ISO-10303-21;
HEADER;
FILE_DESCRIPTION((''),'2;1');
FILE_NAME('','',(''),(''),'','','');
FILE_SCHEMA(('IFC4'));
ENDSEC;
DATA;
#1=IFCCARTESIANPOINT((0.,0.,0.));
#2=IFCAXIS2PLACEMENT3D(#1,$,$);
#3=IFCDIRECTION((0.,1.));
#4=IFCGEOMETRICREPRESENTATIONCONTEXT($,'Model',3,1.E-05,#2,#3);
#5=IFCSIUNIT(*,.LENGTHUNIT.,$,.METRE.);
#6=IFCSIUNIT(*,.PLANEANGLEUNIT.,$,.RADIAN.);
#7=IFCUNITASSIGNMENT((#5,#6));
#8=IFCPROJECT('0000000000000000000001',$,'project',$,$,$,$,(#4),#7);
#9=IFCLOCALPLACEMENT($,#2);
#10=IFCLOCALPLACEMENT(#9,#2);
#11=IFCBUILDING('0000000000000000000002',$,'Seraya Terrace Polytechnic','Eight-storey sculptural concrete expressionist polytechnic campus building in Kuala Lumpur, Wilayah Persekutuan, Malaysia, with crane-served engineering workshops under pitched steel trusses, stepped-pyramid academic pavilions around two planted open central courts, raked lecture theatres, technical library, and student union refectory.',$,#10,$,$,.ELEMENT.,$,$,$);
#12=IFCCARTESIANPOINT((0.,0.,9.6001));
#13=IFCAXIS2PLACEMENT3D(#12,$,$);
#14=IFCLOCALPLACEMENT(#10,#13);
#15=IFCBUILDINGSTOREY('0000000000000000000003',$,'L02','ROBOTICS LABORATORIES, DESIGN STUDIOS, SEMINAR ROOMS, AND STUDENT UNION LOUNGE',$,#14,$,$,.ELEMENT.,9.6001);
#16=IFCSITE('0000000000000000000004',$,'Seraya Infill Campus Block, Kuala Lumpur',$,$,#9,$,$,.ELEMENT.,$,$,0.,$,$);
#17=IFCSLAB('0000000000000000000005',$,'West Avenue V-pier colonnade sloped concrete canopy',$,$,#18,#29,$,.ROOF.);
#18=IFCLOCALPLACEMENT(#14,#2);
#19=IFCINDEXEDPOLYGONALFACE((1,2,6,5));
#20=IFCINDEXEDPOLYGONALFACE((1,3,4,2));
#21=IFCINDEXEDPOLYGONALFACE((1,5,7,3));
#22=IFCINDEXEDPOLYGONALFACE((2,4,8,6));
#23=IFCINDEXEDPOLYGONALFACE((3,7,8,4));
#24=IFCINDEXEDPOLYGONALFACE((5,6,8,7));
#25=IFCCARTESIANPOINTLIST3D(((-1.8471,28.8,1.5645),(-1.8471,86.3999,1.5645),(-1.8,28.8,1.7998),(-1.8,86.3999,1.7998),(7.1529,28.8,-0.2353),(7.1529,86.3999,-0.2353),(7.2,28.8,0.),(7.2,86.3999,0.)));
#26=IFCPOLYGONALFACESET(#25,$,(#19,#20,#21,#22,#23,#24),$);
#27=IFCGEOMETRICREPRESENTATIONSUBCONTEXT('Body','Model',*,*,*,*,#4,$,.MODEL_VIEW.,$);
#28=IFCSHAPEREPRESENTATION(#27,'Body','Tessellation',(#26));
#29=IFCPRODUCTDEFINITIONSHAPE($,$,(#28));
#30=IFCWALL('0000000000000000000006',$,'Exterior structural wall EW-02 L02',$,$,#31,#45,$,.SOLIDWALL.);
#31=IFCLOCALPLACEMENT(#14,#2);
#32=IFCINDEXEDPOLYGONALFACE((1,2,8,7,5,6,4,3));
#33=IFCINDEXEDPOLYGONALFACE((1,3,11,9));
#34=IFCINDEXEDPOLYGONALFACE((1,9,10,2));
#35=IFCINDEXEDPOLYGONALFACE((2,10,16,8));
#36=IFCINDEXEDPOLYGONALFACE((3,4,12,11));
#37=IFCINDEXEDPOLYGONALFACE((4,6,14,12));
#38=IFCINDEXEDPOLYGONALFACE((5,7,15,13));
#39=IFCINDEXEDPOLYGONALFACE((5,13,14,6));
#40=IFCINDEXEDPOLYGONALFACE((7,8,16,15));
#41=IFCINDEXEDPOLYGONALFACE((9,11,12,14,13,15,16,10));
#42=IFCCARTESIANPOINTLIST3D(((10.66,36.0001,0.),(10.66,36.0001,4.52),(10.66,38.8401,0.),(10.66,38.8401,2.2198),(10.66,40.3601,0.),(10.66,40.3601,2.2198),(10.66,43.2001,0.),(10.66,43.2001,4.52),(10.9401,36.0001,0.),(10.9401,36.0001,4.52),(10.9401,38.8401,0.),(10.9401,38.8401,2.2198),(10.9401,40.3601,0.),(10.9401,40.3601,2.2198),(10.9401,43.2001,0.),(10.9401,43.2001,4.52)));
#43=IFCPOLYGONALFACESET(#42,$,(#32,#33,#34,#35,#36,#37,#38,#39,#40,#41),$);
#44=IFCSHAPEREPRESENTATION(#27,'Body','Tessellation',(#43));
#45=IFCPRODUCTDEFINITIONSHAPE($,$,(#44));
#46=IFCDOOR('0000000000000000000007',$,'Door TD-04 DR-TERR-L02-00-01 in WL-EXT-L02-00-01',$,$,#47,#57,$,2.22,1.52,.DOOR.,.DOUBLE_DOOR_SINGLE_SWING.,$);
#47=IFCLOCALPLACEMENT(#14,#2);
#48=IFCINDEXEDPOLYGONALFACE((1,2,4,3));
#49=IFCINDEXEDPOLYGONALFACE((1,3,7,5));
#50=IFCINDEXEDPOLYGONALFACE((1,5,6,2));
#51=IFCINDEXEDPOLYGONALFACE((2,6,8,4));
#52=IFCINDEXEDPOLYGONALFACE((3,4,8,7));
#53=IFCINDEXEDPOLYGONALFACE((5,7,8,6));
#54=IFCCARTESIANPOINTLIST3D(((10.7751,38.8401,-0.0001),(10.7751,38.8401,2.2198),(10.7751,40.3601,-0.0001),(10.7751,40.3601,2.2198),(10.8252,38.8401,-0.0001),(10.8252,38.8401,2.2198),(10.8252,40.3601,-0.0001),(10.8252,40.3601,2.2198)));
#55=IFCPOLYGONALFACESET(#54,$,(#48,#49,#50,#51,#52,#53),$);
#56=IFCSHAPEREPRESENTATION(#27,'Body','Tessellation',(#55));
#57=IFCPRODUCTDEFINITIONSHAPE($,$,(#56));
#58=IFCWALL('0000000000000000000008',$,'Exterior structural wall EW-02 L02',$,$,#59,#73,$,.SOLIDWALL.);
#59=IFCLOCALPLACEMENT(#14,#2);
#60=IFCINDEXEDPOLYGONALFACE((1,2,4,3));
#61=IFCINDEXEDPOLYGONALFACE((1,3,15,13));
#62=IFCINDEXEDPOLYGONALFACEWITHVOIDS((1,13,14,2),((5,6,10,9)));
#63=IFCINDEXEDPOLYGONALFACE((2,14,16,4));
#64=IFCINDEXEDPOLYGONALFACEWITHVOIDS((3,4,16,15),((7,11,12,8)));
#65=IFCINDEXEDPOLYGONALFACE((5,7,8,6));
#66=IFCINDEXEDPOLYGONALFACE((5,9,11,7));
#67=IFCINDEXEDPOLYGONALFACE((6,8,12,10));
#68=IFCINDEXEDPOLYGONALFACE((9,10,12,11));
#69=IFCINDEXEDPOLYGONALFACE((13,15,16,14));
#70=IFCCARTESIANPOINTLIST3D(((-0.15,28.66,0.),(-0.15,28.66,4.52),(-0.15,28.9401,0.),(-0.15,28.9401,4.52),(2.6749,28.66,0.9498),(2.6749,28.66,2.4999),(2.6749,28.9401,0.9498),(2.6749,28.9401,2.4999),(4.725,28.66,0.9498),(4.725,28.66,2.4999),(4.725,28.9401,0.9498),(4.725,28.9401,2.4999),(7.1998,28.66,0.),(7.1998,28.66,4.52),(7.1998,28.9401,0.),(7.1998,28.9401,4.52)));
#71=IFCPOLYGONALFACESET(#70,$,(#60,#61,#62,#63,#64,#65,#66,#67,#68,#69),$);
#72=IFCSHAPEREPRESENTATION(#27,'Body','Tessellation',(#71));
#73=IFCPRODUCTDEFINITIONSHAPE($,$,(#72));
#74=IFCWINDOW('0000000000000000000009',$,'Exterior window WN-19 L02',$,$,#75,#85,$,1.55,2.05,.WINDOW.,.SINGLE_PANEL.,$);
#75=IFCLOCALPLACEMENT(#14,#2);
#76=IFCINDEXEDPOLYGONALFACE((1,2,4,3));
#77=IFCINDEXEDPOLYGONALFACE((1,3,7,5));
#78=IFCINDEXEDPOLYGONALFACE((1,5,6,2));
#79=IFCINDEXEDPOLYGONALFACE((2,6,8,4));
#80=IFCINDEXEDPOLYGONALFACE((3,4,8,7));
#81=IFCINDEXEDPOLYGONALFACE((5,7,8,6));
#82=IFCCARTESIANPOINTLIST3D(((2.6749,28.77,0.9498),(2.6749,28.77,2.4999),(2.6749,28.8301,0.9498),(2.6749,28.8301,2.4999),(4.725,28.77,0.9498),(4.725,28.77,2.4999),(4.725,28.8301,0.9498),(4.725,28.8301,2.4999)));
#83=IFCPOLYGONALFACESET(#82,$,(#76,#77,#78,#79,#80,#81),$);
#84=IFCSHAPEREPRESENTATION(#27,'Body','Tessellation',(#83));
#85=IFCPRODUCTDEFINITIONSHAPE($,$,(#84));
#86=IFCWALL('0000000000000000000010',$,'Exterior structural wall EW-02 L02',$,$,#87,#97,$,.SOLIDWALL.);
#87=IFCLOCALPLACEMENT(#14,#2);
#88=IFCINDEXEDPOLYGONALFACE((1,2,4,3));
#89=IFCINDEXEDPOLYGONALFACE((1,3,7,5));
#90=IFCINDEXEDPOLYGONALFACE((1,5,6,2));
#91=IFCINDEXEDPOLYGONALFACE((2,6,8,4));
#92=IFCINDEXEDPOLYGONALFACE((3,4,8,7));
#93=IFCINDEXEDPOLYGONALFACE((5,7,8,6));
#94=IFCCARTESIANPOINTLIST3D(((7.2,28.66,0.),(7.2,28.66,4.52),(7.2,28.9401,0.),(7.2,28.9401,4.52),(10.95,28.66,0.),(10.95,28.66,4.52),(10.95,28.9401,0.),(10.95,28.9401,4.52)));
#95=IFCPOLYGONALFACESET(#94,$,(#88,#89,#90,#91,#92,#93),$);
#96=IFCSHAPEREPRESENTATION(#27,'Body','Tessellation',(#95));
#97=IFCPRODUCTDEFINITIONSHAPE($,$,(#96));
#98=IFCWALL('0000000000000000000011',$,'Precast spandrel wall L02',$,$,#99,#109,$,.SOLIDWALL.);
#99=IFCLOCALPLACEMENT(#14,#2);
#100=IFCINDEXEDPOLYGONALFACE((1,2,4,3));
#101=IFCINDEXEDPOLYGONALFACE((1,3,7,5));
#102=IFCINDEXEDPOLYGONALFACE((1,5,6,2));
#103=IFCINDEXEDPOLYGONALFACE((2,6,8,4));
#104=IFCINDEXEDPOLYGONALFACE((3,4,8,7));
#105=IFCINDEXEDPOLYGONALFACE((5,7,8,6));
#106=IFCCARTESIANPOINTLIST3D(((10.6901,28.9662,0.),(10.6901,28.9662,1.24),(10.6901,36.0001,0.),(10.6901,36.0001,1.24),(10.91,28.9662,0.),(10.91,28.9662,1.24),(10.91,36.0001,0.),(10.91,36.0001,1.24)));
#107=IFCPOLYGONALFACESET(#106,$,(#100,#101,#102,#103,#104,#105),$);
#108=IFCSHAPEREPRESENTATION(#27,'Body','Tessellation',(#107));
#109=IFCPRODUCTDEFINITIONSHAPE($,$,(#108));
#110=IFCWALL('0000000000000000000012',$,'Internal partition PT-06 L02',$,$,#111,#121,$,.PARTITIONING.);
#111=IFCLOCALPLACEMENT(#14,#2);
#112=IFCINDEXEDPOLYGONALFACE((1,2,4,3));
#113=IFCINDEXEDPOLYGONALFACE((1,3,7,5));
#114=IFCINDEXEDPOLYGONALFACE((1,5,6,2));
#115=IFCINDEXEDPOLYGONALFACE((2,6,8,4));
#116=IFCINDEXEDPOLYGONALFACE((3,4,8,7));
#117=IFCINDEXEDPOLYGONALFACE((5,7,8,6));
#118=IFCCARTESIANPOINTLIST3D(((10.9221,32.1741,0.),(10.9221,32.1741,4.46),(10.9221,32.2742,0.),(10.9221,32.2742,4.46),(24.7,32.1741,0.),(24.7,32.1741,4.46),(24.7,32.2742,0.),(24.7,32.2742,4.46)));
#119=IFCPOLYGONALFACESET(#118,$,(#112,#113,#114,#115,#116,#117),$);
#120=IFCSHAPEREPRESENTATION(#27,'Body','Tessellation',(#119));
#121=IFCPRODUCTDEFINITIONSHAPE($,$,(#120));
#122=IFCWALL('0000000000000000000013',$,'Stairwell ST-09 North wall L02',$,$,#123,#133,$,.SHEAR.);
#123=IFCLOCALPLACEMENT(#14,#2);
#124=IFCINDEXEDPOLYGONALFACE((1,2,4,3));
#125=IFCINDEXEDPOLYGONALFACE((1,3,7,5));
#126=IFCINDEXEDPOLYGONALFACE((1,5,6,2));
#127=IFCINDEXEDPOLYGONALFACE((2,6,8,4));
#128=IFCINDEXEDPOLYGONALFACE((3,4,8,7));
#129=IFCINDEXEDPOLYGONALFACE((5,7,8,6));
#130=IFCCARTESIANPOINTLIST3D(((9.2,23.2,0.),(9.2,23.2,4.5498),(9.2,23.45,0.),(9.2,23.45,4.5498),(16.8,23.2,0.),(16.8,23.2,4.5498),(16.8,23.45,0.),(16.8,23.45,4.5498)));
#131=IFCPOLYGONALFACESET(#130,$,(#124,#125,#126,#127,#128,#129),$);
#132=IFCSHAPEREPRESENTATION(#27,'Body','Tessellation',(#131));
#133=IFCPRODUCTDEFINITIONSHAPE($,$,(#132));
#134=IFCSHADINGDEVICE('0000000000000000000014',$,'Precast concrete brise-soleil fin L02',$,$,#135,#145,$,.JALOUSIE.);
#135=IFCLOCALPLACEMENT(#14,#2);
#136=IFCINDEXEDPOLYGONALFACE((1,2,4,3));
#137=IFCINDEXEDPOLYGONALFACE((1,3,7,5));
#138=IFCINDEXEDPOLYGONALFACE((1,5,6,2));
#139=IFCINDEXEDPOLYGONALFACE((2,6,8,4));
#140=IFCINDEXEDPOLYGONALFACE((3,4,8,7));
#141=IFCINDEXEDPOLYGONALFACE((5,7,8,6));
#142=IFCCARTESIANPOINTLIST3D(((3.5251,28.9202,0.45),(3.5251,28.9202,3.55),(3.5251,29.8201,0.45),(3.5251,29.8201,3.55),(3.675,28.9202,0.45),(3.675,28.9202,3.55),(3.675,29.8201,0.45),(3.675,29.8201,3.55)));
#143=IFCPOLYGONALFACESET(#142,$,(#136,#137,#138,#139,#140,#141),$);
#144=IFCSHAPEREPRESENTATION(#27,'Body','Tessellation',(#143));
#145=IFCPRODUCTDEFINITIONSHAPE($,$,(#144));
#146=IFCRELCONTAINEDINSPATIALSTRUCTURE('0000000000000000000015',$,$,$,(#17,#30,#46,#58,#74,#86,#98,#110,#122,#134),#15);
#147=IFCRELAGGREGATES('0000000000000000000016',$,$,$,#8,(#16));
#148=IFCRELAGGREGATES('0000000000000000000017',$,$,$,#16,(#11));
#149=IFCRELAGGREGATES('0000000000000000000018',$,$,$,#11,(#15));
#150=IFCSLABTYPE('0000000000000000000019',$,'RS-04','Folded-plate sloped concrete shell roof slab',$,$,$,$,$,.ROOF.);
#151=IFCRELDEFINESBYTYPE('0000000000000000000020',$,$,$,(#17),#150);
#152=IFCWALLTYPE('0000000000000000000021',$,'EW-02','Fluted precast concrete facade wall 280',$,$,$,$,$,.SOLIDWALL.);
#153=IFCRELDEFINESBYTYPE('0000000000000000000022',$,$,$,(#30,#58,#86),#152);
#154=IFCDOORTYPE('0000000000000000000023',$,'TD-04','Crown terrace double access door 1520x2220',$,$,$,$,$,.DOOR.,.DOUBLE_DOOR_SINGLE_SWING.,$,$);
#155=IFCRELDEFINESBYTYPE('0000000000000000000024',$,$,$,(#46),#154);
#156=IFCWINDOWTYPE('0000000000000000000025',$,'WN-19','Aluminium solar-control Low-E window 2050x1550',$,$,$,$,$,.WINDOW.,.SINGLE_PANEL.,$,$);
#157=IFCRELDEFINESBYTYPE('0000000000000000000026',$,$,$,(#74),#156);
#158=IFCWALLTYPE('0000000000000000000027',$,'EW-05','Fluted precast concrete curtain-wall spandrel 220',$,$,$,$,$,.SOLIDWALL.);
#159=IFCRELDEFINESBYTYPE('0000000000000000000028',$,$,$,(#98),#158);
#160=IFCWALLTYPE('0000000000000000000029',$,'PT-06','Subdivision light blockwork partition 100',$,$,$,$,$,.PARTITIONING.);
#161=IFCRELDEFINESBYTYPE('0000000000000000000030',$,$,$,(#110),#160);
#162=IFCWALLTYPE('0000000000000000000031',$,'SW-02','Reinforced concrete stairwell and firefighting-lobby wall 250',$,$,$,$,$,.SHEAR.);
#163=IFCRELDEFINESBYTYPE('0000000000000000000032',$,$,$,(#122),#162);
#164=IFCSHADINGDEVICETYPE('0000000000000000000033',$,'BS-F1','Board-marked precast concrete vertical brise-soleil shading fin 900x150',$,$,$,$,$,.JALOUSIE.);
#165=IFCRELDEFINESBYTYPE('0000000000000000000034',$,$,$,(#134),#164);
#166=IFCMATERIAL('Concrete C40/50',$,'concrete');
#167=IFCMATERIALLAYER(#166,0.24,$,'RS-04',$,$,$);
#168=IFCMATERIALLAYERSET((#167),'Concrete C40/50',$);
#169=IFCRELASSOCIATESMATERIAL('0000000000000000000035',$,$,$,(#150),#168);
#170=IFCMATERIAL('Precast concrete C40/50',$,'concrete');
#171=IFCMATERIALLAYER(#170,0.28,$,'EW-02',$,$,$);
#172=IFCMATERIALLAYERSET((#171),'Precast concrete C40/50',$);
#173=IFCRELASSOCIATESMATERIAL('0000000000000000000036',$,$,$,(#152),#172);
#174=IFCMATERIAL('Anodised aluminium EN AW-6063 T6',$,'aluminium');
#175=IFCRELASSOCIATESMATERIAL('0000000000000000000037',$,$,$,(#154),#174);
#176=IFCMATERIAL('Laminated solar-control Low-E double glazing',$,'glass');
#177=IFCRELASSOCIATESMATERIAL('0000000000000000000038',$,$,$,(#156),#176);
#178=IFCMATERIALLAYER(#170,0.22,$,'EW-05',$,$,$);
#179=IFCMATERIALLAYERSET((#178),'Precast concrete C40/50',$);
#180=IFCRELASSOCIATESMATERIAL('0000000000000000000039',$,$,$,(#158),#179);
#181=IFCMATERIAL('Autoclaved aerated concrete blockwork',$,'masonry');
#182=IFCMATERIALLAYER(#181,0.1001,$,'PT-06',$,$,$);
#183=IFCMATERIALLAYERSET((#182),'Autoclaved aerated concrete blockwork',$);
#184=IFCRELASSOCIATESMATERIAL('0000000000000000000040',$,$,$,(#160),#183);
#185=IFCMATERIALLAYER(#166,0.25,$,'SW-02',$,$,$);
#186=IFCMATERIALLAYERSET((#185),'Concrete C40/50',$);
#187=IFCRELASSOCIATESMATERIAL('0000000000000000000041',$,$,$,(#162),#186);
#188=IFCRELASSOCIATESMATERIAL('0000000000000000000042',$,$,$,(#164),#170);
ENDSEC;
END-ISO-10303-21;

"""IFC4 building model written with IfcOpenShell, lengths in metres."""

from ifc_helpers import new_model, si_unit, direction, frame, frame_2d, origin, origin_2d, place, context, subcontext, project, spatial, polyline, rectangle, outline, extrude, material, layer, layer_set, type_object, element, fill, save


model = new_model("IFC4")

# Units and contexts
model_context = context("Model", 3, precision=1e-05, world=origin(), true_north=direction((0.0, 1.0)))
body_context = subcontext(model_context, "Body", "Model", "MODEL_VIEW")
ifc_project = project(units=[si_unit("LENGTHUNIT", "METRE"), si_unit("PLANEANGLEUNIT", "RADIAN")], contexts=[model_context])

# Site, building, storey
site_placement = place(None, origin())
site = spatial("IfcSite", under=ifc_project, at=site_placement, Name="Seraya Infill Campus Block, Kuala Lumpur", CompositionType="ELEMENT", RefElevation=0.0)
building_placement = place(site_placement, origin())
building = spatial("IfcBuilding", under=site, at=building_placement, Name="Seraya Terrace Polytechnic", Description="Eight-storey sculptural concrete expressionist polytechnic campus building in Kuala Lumpur, Wilayah Persekutuan, Malaysia, with crane-served engineering workshops under pitched steel trusses, stepped-pyramid academic pavilions around two planted open central courts, raked lecture theatres, technical library, and student union refectory.", CompositionType="ELEMENT")
storey_placement = place(building_placement, frame((0.0, 0.0, 9.6001)))
storey = spatial("IfcBuildingStorey", under=building, at=storey_placement, Name="L02", Description="ROBOTICS LABORATORIES, DESIGN STUDIOS, SEMINAR ROOMS, AND STUDENT UNION LOUNGE", CompositionType="ELEMENT", Elevation=9.6001)

# Shared definitions
ifc_material_1 = material(Name="Concrete C40/50", Category="concrete")

# Shared definitions
ifc_material_2 = material(Name="Anodised aluminium EN AW-6063 T6", Category="aluminium")

# Shared definitions
ifc_material_3 = material(Name="Laminated solar-control Low-E double glazing", Category="glass")

# Slab
ifc_layer_1 = layer(ifc_material_1, 0.24, Name="RS-04")
ifc_layer_set_1 = layer_set([ifc_layer_1], Name="Concrete C40/50")
slab_type = type_object("IfcSlabType", Name="RS-04", Description="Folded-plate sloped concrete shell roof slab", PredefinedType="ROOF", material=ifc_layer_set_1)
slab_placement = place(storey_placement, frame((-1.8, 28.8, 1.7998), z_axis=(0.196096, 0.0, 0.980585), x_axis=(0.980585, 0.0, -0.196096)))
element("IfcSlab", 1, at=slab_placement, inside=storey, type_object=slab_type, Name="West Avenue V-pier colonnade sloped concrete canopy", PredefinedType="ROOF", context=body_context, shape_type="SweptSolid", body=[
    extrude(outline(polyline([(0.0, 0.0), (9.1782, 0.0), (9.1782, 57.5999), (0.0, 57.5999), (0.0, 0.0)])), origin(), (0.0, 0.0, -1.0), 0.24),
])

# Wall, opening, door
ifc_material_4 = material(Name="Precast concrete C40/50", Category="concrete")
ifc_layer_2 = layer(ifc_material_4, 0.28, Name="EW-02")
ifc_layer_set_2 = layer_set([ifc_layer_2], Name="Precast concrete C40/50")
wall_type_1 = type_object("IfcWallType", Name="EW-02", Description="Fluted precast concrete facade wall 280", PredefinedType="SOLIDWALL", material=ifc_layer_set_2)
wall_1_placement = place(storey_placement, frame((10.8, 36.0, 0.0), z_axis=(0.0, 0.0, 1.0), x_axis=(0.0, 1.0, 0.0)))
wall_1 = element("IfcWall", 2, at=wall_1_placement, inside=storey, type_object=wall_type_1, Name="Exterior structural wall EW-02 L02", PredefinedType="SOLIDWALL", context=body_context, shape_type="SweptSolid", body=[
    extrude(rectangle(XDim=7.2, YDim=0.28, at=frame_2d((3.6001, 0.0))), origin(), (0.0, 0.0, 1.0), 4.52),
])
opening_1_placement = place(wall_1_placement, frame((2.8401, 0.0, 0.0)))
opening_1 = element("IfcOpeningElement", 3, at=opening_1_placement, cuts=wall_1, PredefinedType="OPENING", context=body_context, shape_type="SweptSolid", body=[
    extrude(rectangle(XDim=1.52, YDim=2.22, at=frame_2d((0.76, 1.1099))), frame((0.0, 0.1519, 0.0), z_axis=(0.0, -1.0, 0.0), x_axis=(1.0, 0.0, 0.0)), (0.0, 0.0, 1.0), 0.304),
])
door_type = type_object("IfcDoorType", Name="TD-04", Description="Crown terrace double access door 1520x2220", OperationType="DOUBLE_DOOR_SINGLE_SWING", PredefinedType="DOOR", material=ifc_material_2)
door_placement = place(opening_1_placement, origin())
door = element("IfcDoor", 4, at=door_placement, inside=storey, type_object=door_type, Name="Door TD-04 DR-TERR-L02-00-01 in WL-EXT-L02-00-01", OperationType="DOUBLE_DOOR_SINGLE_SWING", OverallHeight=2.22, OverallWidth=1.52, PredefinedType="DOOR", context=body_context, shape_type="SweptSolid", body=[
    extrude(rectangle(XDim=1.52, YDim=2.22, at=frame_2d((0.76, 1.1099))), frame((0.0, 0.0249, 0.0), z_axis=(0.0, -1.0, 0.0), x_axis=(1.0, 0.0, 0.0)), (0.0, 0.0, 1.0), 0.05),
])
fill(opening_1, door)

# Wall, opening, window
wall_2_placement = place(storey_placement, frame((-0.1499, 28.8, 0.0), z_axis=(0.0, 0.0, 1.0), x_axis=(1.0, 0.0, 0.0)))
wall_2 = element("IfcWall", 5, at=wall_2_placement, inside=storey, type_object=wall_type_1, Name="Exterior structural wall EW-02 L02", PredefinedType="SOLIDWALL", context=body_context, shape_type="SweptSolid", body=[
    extrude(rectangle(XDim=7.3499, YDim=0.28, at=frame_2d((3.6748, 0.0))), origin(), (0.0, 0.0, 1.0), 4.52),
])
opening_2_placement = place(wall_2_placement, frame((2.825, 0.0, 0.95)))
opening_2 = element("IfcOpeningElement", 6, at=opening_2_placement, cuts=wall_2, PredefinedType="OPENING", context=body_context, shape_type="SweptSolid", body=[
    extrude(rectangle(XDim=2.05, YDim=1.55, at=frame_2d((1.0249, 0.7749))), frame((0.0, 0.1519, 0.0), z_axis=(0.0, -1.0, 0.0), x_axis=(1.0, 0.0, 0.0)), (0.0, 0.0, 1.0), 0.304),
])
window_type = type_object("IfcWindowType", Name="WN-19", Description="Aluminium solar-control Low-E window 2050x1550", PartitioningType="SINGLE_PANEL", PredefinedType="WINDOW", material=ifc_material_3)
window_placement = place(opening_2_placement, origin())
window = element("IfcWindow", 7, at=window_placement, inside=storey, type_object=window_type, Name="Exterior window WN-19 L02", OverallHeight=1.55, OverallWidth=2.05, PartitioningType="SINGLE_PANEL", PredefinedType="WINDOW", context=body_context, shape_type="SweptSolid", body=[
    extrude(rectangle(XDim=2.05, YDim=1.55, at=frame_2d((1.0249, 0.7749))), frame((0.0, 0.03, 0.0), z_axis=(0.0, -1.0, 0.0), x_axis=(1.0, 0.0, 0.0)), (0.0, 0.0, 1.0), 0.0601),
])
fill(opening_2, window)

# Walls
wall_3_placement = place(storey_placement, frame((7.2, 28.8, 0.0), z_axis=(0.0, 0.0, 1.0), x_axis=(1.0, 0.0, 0.0)))
element("IfcWall", 8, at=wall_3_placement, inside=storey, type_object=wall_type_1, Name="Exterior structural wall EW-02 L02", PredefinedType="SOLIDWALL", context=body_context, shape_type="SweptSolid", body=[
    extrude(rectangle(XDim=3.75, YDim=0.28, at=frame_2d((1.875, 0.0))), origin(), (0.0, 0.0, 1.0), 4.52),
])
ifc_layer_3 = layer(ifc_material_4, 0.22, Name="EW-05")
ifc_layer_set_3 = layer_set([ifc_layer_3], Name="Precast concrete C40/50")
wall_type_2 = type_object("IfcWallType", Name="EW-05", Description="Fluted precast concrete curtain-wall spandrel 220", PredefinedType="SOLIDWALL", material=ifc_layer_set_3)
wall_4_placement = place(storey_placement, frame((10.8, 28.9661, 0.0), z_axis=(0.0, 0.0, 1.0), x_axis=(0.0, 1.0, 0.0)))
element("IfcWall", 9, at=wall_4_placement, inside=storey, type_object=wall_type_2, Name="Precast spandrel wall L02", PredefinedType="SOLIDWALL", context=body_context, shape_type="SweptSolid", body=[
    extrude(rectangle(XDim=7.0339, YDim=0.22, at=frame_2d((3.5171, 0.0))), origin(), (0.0, 0.0, 1.0), 1.24),
])
ifc_material_5 = material(Name="Autoclaved aerated concrete blockwork", Category="masonry")
ifc_layer_4 = layer(ifc_material_5, 0.1001, Name="PT-06")
ifc_layer_set_4 = layer_set([ifc_layer_4], Name="Autoclaved aerated concrete blockwork")
wall_type_3 = type_object("IfcWallType", Name="PT-06", Description="Subdivision light blockwork partition 100", PredefinedType="PARTITIONING", material=ifc_layer_set_4)
wall_5_placement = place(storey_placement, frame((10.9221, 32.2241, 0.0), z_axis=(0.0, 0.0, 1.0), x_axis=(1.0, 0.0, 0.0)))
element("IfcWall", 10, at=wall_5_placement, inside=storey, type_object=wall_type_3, Name="Internal partition PT-06 L02", PredefinedType="PARTITIONING", context=body_context, shape_type="SweptSolid", body=[
    extrude(rectangle(XDim=13.7778, YDim=0.1001, at=frame_2d((6.8889, 0.0))), origin(), (0.0, 0.0, 1.0), 4.46),
])
ifc_layer_5 = layer(ifc_material_1, 0.25, Name="SW-02")
ifc_layer_set_5 = layer_set([ifc_layer_5], Name="Concrete C40/50")
wall_type_4 = type_object("IfcWallType", Name="SW-02", Description="Reinforced concrete stairwell and firefighting-lobby wall 250", PredefinedType="SHEAR", material=ifc_layer_set_5)
wall_6_placement = place(storey_placement, frame((9.2, 23.325, 0.0), z_axis=(0.0, 0.0, 1.0), x_axis=(1.0, 0.0, 0.0)))
element("IfcWall", 11, at=wall_6_placement, inside=storey, type_object=wall_type_4, Name="Stairwell ST-09 North wall L02", PredefinedType="SHEAR", context=body_context, shape_type="SweptSolid", body=[
    extrude(rectangle(XDim=7.6001, YDim=0.25, at=frame_2d((3.8, 0.0))), origin(), (0.0, 0.0, 1.0), 4.5498),
])

# Shading device
shading_device_type = type_object("IfcShadingDeviceType", Name="BS-F1", Description="Board-marked precast concrete vertical brise-soleil shading fin 900x150", PredefinedType="JALOUSIE", material=ifc_material_4)
shading_device_placement = place(storey_placement, frame((3.6001, 29.3701, 0.45), z_axis=(0.0, 0.0, 1.0), x_axis=(0.0, 1.0, 0.0)))
element("IfcShadingDevice", 12, at=shading_device_placement, inside=storey, type_object=shading_device_type, Name="Precast concrete brise-soleil fin L02", PredefinedType="JALOUSIE", context=body_context, shape_type="SweptSolid", body=[
    extrude(rectangle(XDim=0.8999, YDim=0.1499, at=origin_2d()), origin(), (0.0, 0.0, 1.0), 3.1001),
])

save(model, "model.ifc")
